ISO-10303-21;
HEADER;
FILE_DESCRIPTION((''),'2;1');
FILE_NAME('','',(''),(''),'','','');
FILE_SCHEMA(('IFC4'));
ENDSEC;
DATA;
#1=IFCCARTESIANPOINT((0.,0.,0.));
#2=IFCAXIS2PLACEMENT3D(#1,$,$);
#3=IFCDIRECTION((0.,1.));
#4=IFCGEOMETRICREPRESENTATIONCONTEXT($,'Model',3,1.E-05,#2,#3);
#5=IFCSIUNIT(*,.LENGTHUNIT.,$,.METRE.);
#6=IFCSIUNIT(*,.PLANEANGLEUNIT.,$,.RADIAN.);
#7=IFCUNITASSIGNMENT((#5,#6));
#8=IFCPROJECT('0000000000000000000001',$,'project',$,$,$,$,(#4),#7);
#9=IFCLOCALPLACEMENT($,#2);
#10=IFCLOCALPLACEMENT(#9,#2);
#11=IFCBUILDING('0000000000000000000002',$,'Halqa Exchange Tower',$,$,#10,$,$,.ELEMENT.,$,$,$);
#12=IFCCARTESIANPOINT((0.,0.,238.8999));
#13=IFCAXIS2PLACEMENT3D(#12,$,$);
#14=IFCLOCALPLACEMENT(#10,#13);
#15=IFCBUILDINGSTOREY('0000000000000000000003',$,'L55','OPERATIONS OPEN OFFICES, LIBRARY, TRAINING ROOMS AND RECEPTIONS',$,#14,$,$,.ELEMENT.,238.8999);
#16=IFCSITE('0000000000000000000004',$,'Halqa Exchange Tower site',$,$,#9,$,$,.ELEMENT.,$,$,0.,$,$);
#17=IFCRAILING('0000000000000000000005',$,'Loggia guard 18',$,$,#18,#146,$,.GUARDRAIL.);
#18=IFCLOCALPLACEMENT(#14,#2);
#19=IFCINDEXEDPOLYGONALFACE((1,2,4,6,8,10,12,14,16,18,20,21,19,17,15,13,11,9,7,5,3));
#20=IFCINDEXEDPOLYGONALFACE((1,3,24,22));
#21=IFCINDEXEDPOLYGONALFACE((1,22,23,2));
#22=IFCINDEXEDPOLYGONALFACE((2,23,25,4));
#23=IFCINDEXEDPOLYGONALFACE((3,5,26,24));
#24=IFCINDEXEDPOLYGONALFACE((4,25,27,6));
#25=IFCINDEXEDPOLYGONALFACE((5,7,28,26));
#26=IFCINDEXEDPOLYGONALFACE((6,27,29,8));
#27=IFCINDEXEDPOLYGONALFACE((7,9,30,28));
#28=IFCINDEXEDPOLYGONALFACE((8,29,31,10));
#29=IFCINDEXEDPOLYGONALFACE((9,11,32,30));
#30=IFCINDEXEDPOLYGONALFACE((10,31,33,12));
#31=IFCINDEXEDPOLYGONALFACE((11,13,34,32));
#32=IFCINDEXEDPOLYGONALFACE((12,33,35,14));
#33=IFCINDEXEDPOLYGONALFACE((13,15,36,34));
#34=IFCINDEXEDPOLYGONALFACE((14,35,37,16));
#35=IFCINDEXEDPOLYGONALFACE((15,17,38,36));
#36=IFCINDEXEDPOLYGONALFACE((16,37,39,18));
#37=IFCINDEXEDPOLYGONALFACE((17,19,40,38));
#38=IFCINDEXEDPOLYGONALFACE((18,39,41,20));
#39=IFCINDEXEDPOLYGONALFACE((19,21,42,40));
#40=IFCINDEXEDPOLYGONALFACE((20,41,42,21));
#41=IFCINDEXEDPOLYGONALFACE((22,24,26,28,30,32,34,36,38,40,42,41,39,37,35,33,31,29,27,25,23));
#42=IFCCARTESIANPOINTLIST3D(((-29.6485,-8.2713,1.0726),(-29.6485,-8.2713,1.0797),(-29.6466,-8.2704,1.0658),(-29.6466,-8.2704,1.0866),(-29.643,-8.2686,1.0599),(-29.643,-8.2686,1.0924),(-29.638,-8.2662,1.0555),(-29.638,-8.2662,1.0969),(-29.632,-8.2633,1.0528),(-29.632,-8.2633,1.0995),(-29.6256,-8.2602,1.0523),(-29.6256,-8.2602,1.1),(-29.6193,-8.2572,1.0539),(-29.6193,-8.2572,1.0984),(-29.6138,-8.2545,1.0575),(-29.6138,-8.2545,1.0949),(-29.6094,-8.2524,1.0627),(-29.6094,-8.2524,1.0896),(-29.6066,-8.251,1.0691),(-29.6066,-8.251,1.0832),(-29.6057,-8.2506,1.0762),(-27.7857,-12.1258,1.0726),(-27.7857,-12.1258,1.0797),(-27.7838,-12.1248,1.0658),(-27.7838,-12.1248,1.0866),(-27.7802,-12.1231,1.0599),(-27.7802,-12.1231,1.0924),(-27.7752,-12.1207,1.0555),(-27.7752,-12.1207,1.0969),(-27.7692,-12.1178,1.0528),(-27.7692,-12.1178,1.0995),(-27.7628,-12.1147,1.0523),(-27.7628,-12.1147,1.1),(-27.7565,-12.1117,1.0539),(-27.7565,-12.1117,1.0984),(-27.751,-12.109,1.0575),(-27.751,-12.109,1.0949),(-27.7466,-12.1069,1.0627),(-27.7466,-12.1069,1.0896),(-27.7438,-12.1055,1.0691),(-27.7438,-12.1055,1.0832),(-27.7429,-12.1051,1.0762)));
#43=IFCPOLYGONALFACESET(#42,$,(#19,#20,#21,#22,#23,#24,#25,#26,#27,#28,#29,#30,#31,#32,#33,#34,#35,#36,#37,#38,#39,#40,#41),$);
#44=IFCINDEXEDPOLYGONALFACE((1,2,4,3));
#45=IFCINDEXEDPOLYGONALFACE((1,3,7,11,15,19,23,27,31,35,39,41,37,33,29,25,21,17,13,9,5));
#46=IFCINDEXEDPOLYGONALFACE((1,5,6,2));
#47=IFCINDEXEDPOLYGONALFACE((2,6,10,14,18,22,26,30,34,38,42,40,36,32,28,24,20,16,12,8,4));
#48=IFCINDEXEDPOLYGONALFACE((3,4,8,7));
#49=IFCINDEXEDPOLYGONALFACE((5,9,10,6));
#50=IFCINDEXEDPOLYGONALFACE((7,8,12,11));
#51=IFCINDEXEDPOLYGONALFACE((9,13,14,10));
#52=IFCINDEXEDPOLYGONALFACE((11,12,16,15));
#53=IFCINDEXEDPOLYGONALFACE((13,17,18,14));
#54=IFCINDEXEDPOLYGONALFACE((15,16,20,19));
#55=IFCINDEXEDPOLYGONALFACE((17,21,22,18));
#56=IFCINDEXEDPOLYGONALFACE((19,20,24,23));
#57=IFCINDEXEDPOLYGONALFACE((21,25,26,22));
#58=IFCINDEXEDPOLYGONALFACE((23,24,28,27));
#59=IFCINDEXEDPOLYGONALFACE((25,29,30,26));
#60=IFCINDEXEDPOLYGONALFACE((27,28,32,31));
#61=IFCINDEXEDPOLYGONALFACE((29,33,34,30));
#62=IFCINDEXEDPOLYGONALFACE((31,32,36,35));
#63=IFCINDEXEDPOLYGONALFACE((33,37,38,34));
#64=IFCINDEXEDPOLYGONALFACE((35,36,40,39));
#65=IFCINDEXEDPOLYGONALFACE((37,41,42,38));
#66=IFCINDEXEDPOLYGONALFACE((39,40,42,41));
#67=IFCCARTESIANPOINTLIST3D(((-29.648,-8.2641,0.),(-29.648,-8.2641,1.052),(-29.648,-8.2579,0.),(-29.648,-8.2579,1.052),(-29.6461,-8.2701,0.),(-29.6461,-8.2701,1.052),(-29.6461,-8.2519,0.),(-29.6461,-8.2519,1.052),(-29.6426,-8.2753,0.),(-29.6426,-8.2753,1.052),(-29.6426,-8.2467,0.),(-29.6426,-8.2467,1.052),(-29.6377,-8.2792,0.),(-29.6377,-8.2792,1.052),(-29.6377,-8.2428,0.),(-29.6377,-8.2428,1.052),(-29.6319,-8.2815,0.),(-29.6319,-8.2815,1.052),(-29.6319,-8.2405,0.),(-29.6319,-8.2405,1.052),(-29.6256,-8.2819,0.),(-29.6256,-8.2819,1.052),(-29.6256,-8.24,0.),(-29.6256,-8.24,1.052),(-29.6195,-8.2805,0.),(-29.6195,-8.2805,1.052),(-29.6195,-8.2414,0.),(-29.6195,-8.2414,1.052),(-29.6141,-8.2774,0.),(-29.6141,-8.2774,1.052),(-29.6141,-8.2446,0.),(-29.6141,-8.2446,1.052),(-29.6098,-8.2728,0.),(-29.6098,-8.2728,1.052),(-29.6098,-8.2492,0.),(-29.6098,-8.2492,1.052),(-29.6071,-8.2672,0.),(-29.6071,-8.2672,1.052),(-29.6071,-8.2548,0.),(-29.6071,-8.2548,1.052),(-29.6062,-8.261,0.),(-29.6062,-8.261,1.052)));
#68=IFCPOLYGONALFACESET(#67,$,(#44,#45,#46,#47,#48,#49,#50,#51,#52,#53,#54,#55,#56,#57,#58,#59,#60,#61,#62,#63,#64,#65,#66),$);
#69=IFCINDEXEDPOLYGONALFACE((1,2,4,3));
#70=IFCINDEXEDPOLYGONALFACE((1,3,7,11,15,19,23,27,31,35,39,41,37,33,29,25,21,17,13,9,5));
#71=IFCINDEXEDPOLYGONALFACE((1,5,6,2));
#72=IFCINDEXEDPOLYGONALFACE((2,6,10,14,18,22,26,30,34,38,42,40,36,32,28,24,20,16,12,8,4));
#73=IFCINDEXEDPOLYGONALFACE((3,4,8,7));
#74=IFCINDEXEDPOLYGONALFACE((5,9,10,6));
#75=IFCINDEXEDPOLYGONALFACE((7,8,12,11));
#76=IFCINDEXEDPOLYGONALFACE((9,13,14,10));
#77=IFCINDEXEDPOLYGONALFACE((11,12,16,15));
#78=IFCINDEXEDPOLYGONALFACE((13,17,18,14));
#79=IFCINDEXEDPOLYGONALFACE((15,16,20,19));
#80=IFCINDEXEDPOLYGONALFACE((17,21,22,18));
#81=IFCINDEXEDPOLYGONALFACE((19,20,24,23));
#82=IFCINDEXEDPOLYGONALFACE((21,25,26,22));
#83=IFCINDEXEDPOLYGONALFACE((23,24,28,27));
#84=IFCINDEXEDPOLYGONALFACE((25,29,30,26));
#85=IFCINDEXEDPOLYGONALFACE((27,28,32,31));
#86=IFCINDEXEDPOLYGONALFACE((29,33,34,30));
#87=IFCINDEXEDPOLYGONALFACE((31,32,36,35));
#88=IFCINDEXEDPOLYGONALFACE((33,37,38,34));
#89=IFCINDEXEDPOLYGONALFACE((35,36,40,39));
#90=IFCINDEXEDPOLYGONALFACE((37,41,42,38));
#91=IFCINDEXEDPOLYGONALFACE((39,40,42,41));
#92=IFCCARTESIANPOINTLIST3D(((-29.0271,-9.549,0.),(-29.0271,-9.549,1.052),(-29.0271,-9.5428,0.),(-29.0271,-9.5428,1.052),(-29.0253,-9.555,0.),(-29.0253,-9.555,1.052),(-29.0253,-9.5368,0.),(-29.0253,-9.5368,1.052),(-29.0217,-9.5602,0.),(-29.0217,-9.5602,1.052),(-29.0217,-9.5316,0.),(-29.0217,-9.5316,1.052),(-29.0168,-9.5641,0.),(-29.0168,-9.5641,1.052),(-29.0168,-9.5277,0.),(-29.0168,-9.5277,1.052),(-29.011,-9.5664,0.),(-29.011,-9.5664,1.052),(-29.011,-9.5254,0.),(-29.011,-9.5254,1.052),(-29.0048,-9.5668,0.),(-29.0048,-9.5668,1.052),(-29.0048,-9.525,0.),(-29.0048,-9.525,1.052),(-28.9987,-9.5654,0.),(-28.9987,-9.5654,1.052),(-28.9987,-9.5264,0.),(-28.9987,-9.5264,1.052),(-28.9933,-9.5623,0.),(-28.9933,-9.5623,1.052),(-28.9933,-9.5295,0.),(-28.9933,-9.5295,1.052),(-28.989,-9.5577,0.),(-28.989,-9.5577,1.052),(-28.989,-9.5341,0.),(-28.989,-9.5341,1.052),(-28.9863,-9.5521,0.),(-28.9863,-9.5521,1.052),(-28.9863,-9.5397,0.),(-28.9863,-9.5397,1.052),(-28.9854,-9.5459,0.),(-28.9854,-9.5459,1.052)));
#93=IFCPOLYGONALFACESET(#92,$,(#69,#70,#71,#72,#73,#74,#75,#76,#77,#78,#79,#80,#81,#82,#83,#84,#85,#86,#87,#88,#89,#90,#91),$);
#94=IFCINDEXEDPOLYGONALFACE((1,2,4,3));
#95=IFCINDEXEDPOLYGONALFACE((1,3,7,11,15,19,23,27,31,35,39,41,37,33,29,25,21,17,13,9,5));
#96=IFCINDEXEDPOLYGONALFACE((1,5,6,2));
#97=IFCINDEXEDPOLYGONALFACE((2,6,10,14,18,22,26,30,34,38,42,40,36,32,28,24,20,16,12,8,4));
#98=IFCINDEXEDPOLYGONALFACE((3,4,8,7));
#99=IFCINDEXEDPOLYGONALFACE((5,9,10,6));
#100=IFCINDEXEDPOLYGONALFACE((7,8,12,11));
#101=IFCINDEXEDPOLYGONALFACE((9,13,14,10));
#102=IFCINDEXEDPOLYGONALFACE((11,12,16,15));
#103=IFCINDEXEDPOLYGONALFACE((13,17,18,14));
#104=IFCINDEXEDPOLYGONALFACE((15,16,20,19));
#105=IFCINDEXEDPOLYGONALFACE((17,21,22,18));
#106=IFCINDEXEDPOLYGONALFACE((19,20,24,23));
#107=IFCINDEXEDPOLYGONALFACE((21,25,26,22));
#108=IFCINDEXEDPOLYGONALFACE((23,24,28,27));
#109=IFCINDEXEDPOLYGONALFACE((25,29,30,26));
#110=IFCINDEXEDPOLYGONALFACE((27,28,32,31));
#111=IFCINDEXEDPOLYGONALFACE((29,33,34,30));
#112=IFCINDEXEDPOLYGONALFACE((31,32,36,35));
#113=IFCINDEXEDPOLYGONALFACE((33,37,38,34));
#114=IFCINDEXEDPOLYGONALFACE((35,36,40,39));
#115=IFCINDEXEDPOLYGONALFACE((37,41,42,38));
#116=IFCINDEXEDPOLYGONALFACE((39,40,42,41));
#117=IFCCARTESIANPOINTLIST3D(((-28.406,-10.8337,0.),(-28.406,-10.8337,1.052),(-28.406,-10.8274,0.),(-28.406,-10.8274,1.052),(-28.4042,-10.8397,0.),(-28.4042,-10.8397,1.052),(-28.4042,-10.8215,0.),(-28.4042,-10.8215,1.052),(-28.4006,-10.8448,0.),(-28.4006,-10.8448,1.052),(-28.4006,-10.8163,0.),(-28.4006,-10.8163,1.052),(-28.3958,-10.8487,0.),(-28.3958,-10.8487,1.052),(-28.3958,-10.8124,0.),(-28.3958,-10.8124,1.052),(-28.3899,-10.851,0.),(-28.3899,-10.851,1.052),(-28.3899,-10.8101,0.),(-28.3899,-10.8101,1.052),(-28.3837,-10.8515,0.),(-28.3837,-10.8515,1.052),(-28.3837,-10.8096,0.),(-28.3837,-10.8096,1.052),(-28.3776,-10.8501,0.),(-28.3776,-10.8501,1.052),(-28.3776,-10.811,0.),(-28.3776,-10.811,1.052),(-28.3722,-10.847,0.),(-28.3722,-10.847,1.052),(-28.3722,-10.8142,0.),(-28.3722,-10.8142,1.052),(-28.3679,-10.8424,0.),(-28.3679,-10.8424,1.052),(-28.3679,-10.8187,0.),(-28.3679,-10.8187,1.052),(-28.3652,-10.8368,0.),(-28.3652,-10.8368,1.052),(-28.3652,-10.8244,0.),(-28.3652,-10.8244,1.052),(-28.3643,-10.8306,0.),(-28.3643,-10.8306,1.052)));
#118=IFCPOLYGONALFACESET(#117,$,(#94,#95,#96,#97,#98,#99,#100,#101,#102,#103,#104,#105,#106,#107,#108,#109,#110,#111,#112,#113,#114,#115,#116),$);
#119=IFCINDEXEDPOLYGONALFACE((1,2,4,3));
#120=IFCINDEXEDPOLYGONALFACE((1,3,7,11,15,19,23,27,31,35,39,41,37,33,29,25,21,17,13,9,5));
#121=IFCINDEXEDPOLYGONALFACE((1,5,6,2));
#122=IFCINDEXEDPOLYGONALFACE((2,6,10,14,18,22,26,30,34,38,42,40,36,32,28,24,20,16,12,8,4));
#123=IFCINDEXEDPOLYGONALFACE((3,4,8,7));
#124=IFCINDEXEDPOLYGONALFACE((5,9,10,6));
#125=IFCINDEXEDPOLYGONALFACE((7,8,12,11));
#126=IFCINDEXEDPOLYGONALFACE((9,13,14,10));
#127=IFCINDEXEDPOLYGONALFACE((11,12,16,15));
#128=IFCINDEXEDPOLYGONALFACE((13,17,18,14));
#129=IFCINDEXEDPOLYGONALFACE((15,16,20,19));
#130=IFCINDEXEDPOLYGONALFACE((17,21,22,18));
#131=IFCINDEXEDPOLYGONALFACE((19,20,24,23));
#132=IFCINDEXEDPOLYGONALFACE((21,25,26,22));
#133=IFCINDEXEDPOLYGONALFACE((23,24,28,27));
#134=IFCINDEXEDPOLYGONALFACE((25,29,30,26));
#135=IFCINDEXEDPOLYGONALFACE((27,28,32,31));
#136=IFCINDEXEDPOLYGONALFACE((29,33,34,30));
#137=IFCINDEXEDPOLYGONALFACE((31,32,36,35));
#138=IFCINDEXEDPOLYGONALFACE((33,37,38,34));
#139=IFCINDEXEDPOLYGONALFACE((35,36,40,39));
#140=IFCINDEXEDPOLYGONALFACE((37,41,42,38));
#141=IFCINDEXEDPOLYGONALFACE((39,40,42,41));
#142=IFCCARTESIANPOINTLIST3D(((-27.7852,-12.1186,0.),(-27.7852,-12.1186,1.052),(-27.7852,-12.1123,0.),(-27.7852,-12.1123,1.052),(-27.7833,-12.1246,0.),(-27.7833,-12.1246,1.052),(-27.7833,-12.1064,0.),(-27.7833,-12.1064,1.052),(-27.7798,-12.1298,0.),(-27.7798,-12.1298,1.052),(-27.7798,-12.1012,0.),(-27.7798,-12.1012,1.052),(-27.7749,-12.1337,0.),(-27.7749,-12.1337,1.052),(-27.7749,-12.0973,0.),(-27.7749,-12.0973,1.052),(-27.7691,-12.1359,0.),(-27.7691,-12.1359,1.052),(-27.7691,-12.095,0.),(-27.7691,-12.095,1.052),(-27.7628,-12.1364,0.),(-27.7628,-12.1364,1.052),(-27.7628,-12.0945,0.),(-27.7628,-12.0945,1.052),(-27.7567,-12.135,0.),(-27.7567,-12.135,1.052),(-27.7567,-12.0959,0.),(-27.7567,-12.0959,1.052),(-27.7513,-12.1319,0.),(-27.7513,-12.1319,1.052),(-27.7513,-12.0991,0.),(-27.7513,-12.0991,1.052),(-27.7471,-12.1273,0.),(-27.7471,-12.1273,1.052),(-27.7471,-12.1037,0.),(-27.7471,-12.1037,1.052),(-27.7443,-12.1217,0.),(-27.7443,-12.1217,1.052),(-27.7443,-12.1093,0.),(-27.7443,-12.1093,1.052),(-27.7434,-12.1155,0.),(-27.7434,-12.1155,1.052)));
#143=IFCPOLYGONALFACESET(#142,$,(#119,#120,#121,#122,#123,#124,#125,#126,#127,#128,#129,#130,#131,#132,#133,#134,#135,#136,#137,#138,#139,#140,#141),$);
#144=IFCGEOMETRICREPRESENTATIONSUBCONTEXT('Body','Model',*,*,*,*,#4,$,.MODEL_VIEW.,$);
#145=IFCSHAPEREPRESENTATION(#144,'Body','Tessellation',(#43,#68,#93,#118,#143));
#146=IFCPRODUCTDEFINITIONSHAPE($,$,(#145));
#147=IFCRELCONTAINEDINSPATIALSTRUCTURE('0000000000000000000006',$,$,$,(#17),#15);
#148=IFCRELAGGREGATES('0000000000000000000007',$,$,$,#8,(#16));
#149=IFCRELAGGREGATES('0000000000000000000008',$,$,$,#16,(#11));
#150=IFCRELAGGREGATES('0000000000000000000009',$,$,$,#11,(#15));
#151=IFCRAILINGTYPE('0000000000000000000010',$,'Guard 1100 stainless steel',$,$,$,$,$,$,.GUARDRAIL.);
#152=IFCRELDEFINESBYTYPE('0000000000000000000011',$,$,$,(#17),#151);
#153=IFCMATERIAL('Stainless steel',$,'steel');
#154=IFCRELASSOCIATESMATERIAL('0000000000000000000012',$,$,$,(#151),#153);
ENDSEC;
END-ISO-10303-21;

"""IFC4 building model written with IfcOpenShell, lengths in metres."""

from ifc_helpers import new_model, si_unit, direction, frame, origin, origin_2d, place, context, subcontext, project, spatial, circle, extrude, material, type_object, element, save


model = new_model("IFC4")

# Units and contexts
model_context = context("Model", 3, precision=1e-05, world=origin(), true_north=direction((0.0, 1.0)))
body_context = subcontext(model_context, "Body", "Model", "MODEL_VIEW")
ifc_project = project(units=[si_unit("LENGTHUNIT", "METRE"), si_unit("PLANEANGLEUNIT", "RADIAN")], contexts=[model_context])

# Site, building, storey
site_placement = place(None, origin())
site = spatial("IfcSite", under=ifc_project, at=site_placement, Name="Halqa Exchange Tower site", CompositionType="ELEMENT", RefElevation=0.0)
building_placement = place(site_placement, origin())
building = spatial("IfcBuilding", under=site, at=building_placement, Name="Halqa Exchange Tower", CompositionType="ELEMENT")
storey_placement = place(building_placement, frame((0.0, 0.0, 238.8999)))
storey = spatial("IfcBuildingStorey", under=building, at=storey_placement, Name="L55", Description="OPERATIONS OPEN OFFICES, LIBRARY, TRAINING ROOMS AND RECEPTIONS", CompositionType="ELEMENT", Elevation=238.8999)

# Railing
ifc_material_1 = material(Name="Stainless steel", Category="steel")
railing_type = type_object("IfcRailingType", Name="Guard 1100 stainless steel", PredefinedType="GUARDRAIL", material=ifc_material_1)
railing_1_placement = place(storey_placement, frame((-29.6272, -8.261, 0.0)))
element("IfcRailing", 1, at=railing_1_placement, inside=storey, type_object=railing_type, Name="Loggia guard 18", PredefinedType="GUARDRAIL", context=body_context, shape_type="SweptSolid", body=[
    extrude(circle(Radius=0.0239, at=origin_2d()), frame((0.0, 0.0, 1.0762), z_axis=(0.435129, -0.900368, 0.0), x_axis=(0.900368, 0.435129, 0.0)), (0.0, 0.0, 1.0), 4.281),
    extrude(circle(Radius=0.021, at=origin_2d()), origin(), (0.0, 0.0, 1.0), 1.052),
    extrude(circle(Radius=0.021, at=origin_2d()), frame((0.6208, -1.2849, 0.0)), (0.0, 0.0, 1.0), 1.052),
    extrude(circle(Radius=0.021, at=origin_2d()), frame((1.2419, -2.5696, 0.0)), (0.0, 0.0, 1.0), 1.052),
    extrude(circle(Radius=0.021, at=origin_2d()), frame((1.8628, -3.8545, 0.0)), (0.0, 0.0, 1.0), 1.052),
])

save(model, "model.ifc")
